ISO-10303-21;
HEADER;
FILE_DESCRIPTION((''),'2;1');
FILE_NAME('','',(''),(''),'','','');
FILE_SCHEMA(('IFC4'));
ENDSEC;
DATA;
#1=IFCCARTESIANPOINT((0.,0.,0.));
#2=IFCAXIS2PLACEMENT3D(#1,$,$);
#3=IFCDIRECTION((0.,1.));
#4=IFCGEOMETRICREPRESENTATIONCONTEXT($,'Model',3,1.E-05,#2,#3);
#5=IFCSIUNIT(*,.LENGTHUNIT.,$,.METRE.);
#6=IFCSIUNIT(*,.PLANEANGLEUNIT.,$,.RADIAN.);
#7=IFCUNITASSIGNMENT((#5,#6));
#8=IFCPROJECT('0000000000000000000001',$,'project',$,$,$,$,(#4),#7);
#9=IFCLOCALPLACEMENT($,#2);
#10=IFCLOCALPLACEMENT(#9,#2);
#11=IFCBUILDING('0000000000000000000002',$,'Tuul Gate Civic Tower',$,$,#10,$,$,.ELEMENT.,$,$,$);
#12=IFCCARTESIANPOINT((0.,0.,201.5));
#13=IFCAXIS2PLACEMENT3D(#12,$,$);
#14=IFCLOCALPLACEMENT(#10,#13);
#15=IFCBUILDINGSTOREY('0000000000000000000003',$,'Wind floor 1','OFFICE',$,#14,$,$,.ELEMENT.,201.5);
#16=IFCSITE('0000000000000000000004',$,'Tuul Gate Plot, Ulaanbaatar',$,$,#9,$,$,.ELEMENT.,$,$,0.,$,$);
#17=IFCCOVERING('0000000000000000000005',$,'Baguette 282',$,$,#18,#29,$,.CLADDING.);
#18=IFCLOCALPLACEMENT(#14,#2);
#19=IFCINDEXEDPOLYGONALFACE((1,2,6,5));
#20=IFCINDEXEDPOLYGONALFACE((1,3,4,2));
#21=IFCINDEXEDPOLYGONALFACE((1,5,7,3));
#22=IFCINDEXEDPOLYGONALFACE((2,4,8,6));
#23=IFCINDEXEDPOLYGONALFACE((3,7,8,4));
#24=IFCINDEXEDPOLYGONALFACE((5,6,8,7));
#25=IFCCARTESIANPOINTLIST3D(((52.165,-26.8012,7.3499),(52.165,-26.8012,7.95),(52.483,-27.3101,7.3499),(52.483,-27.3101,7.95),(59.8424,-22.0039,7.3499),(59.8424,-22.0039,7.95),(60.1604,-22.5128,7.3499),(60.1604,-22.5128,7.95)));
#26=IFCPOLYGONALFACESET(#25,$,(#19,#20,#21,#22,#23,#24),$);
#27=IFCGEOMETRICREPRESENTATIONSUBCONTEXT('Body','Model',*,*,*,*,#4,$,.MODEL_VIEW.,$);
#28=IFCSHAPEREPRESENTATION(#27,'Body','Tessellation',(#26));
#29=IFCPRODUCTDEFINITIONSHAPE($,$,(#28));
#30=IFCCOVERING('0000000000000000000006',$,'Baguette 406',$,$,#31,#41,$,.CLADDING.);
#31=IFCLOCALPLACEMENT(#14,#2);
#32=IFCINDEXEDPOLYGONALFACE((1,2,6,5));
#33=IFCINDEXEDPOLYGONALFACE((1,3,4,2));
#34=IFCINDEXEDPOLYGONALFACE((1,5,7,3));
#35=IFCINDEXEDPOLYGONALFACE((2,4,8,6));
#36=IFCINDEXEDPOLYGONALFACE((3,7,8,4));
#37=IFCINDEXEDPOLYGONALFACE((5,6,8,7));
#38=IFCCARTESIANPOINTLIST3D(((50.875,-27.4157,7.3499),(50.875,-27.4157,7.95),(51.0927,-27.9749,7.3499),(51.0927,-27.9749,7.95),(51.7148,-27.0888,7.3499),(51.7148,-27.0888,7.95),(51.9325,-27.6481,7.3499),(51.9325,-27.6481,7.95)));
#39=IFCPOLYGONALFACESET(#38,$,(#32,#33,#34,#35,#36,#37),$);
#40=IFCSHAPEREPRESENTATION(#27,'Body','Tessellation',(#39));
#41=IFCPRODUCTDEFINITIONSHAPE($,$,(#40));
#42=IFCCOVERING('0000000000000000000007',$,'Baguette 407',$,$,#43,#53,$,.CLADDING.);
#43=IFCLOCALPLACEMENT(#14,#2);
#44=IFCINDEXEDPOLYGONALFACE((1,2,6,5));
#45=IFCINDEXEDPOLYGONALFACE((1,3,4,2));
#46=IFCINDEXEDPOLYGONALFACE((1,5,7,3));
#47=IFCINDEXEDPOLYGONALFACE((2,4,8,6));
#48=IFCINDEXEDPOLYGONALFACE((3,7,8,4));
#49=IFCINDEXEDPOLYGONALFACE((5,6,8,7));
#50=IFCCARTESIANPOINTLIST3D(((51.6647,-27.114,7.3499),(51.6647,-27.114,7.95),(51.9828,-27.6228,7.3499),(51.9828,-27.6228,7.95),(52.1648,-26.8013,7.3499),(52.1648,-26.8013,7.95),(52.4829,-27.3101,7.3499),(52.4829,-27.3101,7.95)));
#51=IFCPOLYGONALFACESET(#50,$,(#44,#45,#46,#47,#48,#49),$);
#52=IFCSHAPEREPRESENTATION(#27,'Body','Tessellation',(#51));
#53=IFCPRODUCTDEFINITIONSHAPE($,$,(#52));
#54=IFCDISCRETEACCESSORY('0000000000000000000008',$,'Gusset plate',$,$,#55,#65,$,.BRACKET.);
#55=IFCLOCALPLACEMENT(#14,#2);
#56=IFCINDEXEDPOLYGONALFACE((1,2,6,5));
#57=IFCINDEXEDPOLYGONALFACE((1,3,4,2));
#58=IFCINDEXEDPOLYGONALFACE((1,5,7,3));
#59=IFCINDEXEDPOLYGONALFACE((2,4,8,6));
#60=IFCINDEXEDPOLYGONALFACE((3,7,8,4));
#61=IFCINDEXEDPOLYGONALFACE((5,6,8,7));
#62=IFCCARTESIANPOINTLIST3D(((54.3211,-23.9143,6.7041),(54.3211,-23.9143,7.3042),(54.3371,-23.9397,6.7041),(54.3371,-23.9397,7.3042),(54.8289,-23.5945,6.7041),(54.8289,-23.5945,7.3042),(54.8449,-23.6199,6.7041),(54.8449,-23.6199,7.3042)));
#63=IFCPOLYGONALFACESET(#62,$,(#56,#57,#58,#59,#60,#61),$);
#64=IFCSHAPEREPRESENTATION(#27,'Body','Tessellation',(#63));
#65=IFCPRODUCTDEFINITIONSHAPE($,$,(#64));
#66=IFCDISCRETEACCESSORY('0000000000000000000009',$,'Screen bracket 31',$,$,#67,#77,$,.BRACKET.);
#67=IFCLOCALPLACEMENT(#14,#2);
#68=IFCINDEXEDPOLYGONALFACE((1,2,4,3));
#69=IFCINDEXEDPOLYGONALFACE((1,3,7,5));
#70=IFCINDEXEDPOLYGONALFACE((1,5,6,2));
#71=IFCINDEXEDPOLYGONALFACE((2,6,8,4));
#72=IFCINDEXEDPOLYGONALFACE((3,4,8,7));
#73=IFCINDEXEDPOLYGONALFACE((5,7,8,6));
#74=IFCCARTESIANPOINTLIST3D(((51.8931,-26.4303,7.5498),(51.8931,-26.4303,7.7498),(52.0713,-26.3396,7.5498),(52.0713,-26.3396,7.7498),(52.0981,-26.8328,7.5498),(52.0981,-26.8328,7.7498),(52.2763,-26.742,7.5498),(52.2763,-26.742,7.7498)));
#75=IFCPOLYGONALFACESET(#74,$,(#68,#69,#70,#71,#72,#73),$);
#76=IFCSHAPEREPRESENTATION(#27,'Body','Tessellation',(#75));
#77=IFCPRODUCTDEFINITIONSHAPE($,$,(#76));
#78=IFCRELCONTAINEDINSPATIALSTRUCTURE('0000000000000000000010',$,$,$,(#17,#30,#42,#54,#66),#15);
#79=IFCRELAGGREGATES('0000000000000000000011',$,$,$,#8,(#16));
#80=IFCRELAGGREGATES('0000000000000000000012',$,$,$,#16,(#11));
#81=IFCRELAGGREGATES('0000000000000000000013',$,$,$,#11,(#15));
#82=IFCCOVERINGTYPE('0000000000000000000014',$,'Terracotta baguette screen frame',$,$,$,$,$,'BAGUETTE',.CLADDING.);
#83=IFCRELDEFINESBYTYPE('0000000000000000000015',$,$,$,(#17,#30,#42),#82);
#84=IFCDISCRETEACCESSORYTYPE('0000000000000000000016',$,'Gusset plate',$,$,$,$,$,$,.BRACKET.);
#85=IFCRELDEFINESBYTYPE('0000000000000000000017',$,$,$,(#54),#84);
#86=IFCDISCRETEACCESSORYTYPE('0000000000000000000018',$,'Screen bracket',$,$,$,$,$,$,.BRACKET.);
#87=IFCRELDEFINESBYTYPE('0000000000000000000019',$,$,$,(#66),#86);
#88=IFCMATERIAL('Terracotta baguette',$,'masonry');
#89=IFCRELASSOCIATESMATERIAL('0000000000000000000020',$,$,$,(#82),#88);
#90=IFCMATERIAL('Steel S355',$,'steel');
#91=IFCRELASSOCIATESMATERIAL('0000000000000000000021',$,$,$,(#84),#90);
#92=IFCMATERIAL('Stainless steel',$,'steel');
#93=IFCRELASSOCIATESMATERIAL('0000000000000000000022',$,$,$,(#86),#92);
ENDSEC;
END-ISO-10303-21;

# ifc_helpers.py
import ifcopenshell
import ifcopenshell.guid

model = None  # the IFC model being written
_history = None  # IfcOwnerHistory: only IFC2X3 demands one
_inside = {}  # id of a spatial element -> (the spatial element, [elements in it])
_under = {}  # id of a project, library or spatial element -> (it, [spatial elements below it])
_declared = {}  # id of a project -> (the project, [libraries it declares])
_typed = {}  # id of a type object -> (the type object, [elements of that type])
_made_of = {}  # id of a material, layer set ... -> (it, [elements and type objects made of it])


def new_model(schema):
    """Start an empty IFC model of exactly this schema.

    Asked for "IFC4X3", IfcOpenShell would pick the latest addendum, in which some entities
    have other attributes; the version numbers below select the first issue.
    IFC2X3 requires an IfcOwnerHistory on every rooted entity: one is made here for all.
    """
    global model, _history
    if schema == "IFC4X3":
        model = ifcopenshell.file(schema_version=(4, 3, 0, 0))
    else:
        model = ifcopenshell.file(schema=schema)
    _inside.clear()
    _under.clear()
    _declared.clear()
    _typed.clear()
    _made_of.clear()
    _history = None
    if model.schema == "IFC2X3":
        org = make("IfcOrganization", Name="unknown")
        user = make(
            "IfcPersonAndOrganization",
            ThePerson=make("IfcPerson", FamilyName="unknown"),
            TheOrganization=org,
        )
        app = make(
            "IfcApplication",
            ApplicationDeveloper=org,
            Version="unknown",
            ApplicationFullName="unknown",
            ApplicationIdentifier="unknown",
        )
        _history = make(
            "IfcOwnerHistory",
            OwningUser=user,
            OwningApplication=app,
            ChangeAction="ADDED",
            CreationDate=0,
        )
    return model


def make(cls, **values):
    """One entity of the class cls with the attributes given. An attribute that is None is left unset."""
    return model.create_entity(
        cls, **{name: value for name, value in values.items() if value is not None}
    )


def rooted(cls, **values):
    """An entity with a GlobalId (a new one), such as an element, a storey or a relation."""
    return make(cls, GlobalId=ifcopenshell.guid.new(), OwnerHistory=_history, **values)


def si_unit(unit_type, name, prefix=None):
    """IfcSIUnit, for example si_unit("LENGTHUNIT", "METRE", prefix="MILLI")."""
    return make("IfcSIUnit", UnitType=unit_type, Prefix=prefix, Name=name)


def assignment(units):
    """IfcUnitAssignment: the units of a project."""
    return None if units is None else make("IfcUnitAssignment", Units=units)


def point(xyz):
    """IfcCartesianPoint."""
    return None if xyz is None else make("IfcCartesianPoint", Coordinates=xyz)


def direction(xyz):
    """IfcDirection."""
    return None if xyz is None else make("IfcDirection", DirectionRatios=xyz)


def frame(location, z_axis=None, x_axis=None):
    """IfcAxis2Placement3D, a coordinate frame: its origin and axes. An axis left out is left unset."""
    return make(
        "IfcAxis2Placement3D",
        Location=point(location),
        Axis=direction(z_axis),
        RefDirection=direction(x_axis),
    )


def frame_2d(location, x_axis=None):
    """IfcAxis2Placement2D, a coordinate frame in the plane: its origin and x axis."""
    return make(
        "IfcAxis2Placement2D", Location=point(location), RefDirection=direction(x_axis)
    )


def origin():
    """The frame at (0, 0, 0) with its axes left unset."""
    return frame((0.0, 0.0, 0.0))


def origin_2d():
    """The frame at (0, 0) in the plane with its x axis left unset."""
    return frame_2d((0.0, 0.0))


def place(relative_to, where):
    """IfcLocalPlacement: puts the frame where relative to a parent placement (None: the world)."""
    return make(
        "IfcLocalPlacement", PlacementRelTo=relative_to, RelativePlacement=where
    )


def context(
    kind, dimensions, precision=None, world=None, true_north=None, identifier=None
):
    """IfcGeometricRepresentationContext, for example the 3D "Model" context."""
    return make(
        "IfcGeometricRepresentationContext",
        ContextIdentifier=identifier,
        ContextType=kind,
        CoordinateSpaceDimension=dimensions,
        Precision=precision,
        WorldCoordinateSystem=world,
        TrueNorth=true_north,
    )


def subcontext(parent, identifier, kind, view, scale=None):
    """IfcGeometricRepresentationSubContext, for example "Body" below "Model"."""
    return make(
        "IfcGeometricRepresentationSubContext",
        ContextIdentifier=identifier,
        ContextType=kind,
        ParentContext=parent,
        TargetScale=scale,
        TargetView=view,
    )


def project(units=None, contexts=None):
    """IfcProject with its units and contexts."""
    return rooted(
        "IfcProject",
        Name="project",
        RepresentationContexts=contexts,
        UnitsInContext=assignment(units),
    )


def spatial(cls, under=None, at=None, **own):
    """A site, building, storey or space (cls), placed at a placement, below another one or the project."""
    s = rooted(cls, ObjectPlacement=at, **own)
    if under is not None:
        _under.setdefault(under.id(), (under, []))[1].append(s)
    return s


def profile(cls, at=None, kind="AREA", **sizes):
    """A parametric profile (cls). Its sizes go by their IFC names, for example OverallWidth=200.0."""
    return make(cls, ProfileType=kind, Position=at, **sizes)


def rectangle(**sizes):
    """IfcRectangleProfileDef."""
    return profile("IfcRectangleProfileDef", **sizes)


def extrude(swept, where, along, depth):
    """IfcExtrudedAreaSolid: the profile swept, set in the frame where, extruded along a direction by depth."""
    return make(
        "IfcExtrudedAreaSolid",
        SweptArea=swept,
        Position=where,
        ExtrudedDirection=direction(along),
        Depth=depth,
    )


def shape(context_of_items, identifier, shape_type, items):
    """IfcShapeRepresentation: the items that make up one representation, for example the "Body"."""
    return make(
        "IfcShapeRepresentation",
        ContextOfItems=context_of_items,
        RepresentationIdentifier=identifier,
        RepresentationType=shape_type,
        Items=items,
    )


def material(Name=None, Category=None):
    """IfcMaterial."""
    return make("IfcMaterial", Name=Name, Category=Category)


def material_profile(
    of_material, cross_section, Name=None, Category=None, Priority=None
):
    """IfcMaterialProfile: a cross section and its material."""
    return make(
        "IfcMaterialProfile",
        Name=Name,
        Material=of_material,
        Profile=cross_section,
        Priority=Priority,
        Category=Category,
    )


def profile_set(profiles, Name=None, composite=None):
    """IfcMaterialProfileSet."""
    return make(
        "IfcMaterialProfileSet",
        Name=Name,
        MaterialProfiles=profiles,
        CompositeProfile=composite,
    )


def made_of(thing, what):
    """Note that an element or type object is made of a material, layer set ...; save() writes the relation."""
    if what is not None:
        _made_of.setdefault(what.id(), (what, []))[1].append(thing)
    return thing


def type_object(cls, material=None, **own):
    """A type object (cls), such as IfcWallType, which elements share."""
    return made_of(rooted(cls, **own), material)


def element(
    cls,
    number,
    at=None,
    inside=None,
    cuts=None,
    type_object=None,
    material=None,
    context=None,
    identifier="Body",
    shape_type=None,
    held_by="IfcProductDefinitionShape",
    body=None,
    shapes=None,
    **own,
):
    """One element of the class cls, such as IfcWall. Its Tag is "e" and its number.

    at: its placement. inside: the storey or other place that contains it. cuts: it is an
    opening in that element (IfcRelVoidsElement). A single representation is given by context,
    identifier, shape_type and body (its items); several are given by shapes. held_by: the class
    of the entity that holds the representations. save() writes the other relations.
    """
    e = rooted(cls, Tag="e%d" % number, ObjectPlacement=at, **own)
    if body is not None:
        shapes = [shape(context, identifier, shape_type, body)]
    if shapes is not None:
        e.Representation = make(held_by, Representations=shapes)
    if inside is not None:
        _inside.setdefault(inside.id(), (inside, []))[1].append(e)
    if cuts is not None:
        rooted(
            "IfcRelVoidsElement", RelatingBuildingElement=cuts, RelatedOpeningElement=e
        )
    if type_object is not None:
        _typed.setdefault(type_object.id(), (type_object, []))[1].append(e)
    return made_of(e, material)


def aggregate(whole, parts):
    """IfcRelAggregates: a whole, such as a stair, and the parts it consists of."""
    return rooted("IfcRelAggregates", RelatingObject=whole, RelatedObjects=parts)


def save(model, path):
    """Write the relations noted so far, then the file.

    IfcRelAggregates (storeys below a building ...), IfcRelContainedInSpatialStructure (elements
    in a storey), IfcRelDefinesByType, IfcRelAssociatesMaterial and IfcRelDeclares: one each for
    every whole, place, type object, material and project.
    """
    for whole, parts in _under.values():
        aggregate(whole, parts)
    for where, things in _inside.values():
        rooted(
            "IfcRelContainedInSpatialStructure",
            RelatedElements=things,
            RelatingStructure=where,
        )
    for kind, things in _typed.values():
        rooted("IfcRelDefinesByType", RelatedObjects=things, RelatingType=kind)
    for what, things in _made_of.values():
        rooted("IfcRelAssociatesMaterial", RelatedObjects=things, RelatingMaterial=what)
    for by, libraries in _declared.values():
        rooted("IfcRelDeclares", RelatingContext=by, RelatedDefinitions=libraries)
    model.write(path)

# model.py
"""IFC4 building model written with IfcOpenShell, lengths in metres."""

from ifc_helpers import new_model, si_unit, direction, frame, origin, origin_2d, place, context, subcontext, project, spatial, rectangle, extrude, material, material_profile, profile_set, type_object, element, save


model = new_model("IFC4")

# Units and contexts
model_context = context("Model", 3, precision=1e-05, world=origin(), true_north=direction((0.0, 1.0)))
body_context = subcontext(model_context, "Body", "Model", "MODEL_VIEW")
ifc_project = project(units=[si_unit("LENGTHUNIT", "METRE"), si_unit("PLANEANGLEUNIT", "RADIAN")], contexts=[model_context])

# Site, building, storey
site_placement = place(None, origin())
site = spatial("IfcSite", under=ifc_project, at=site_placement, Name="Tuul Gate Plot, Ulaanbaatar", CompositionType="ELEMENT", RefElevation=0.0)
building_placement = place(site_placement, origin())
building = spatial("IfcBuilding", under=site, at=building_placement, Name="Tuul Gate Civic Tower", CompositionType="ELEMENT")
storey_placement = place(building_placement, frame((0.0, 0.0, 201.5)))
storey = spatial("IfcBuildingStorey", under=building, at=storey_placement, Name="Wind floor 1", Description="OFFICE", CompositionType="ELEMENT", Elevation=201.5)

# Coverings
ifc_material_1 = material(Name="Terracotta baguette", Category="masonry")
ifc_material_profile_1 = material_profile(ifc_material_1, rectangle(XDim=0.6001, YDim=0.6001, at=origin_2d()), Name="Terracotta baguette screen frame")
ifc_profile_set_1 = profile_set([ifc_material_profile_1], Name="Terracotta baguette")
covering_type = type_object("IfcCoveringType", Name="Terracotta baguette screen frame", ElementType="BAGUETTE", PredefinedType="CLADDING", material=ifc_profile_set_1)
covering_1_placement = place(storey_placement, frame((52.324, -27.0557, 7.6499), z_axis=(0.848051, 0.529914, 0.0), x_axis=(-0.529914, 0.848051, 0.0)))
element("IfcCovering", 1, at=covering_1_placement, inside=storey, type_object=covering_type, Name="Baguette 282", PredefinedType="CLADDING", context=body_context, shape_type="SweptSolid", body=[
    extrude(rectangle(XDim=0.6001, YDim=0.6001, at=origin_2d()), origin(), (0.0, 0.0, 1.0), 9.053),
])
covering_2_placement = place(storey_placement, frame((50.9839, -27.6953, 7.6499), z_axis=(0.931893, 0.362734, 0.0), x_axis=(-0.362734, 0.931893, 0.0)))
element("IfcCovering", 2, at=covering_2_placement, inside=storey, type_object=covering_type, Name="Baguette 406", PredefinedType="CLADDING", context=body_context, shape_type="SweptSolid", body=[
    extrude(rectangle(XDim=0.6001, YDim=0.6001, at=origin_2d()), origin(), (0.0, 0.0, 1.0), 0.9011),
])
covering_3_placement = place(storey_placement, frame((51.8237, -27.3684, 7.6499), z_axis=(0.847929, 0.530111, 0.0), x_axis=(-0.530111, 0.847929, 0.0)))
element("IfcCovering", 3, at=covering_3_placement, inside=storey, type_object=covering_type, Name="Baguette 407", PredefinedType="CLADDING", context=body_context, shape_type="SweptSolid", body=[
    extrude(rectangle(XDim=0.6001, YDim=0.6001, at=origin_2d()), origin(), (0.0, 0.0, 1.0), 0.5898),
])

# Discrete accessories
ifc_material_2 = material(Name="Steel S355", Category="steel")
discrete_accessory_type_1 = type_object("IfcDiscreteAccessoryType", Name="Gusset plate", PredefinedType="BRACKET", material=ifc_material_2)
discrete_accessory_1_placement = place(storey_placement, frame((54.583, -23.7671, 6.7041), z_axis=(0.0, 0.0, 1.0), x_axis=(0.846187, 0.532886, 0.0)))
element("IfcDiscreteAccessory", 4, at=discrete_accessory_1_placement, inside=storey, type_object=discrete_accessory_type_1, Name="Gusset plate", PredefinedType="BRACKET", context=body_context, shape_type="SweptSolid", body=[
    extrude(rectangle(XDim=0.6001, YDim=0.03, at=origin_2d()), origin(), (0.0, 0.0, 1.0), 0.6001),
])
ifc_material_3 = material(Name="Stainless steel", Category="steel")
discrete_accessory_type_2 = type_object("IfcDiscreteAccessoryType", Name="Screen bracket", PredefinedType="BRACKET", material=ifc_material_3)
discrete_accessory_2_placement = place(storey_placement, frame((52.0847, -26.5862, 7.5498), z_axis=(0.0, 0.0, 1.0), x_axis=(0.453849, -0.891079, 0.0)))
element("IfcDiscreteAccessory", 5, at=discrete_accessory_2_placement, inside=storey, type_object=discrete_accessory_type_2, Name="Screen bracket 31", PredefinedType="BRACKET", context=body_context, shape_type="SweptSolid", body=[
    extrude(rectangle(XDim=0.4517, YDim=0.2, at=origin_2d()), origin(), (0.0, 0.0, 1.0), 0.2),
])

save(model, "model.ifc")
